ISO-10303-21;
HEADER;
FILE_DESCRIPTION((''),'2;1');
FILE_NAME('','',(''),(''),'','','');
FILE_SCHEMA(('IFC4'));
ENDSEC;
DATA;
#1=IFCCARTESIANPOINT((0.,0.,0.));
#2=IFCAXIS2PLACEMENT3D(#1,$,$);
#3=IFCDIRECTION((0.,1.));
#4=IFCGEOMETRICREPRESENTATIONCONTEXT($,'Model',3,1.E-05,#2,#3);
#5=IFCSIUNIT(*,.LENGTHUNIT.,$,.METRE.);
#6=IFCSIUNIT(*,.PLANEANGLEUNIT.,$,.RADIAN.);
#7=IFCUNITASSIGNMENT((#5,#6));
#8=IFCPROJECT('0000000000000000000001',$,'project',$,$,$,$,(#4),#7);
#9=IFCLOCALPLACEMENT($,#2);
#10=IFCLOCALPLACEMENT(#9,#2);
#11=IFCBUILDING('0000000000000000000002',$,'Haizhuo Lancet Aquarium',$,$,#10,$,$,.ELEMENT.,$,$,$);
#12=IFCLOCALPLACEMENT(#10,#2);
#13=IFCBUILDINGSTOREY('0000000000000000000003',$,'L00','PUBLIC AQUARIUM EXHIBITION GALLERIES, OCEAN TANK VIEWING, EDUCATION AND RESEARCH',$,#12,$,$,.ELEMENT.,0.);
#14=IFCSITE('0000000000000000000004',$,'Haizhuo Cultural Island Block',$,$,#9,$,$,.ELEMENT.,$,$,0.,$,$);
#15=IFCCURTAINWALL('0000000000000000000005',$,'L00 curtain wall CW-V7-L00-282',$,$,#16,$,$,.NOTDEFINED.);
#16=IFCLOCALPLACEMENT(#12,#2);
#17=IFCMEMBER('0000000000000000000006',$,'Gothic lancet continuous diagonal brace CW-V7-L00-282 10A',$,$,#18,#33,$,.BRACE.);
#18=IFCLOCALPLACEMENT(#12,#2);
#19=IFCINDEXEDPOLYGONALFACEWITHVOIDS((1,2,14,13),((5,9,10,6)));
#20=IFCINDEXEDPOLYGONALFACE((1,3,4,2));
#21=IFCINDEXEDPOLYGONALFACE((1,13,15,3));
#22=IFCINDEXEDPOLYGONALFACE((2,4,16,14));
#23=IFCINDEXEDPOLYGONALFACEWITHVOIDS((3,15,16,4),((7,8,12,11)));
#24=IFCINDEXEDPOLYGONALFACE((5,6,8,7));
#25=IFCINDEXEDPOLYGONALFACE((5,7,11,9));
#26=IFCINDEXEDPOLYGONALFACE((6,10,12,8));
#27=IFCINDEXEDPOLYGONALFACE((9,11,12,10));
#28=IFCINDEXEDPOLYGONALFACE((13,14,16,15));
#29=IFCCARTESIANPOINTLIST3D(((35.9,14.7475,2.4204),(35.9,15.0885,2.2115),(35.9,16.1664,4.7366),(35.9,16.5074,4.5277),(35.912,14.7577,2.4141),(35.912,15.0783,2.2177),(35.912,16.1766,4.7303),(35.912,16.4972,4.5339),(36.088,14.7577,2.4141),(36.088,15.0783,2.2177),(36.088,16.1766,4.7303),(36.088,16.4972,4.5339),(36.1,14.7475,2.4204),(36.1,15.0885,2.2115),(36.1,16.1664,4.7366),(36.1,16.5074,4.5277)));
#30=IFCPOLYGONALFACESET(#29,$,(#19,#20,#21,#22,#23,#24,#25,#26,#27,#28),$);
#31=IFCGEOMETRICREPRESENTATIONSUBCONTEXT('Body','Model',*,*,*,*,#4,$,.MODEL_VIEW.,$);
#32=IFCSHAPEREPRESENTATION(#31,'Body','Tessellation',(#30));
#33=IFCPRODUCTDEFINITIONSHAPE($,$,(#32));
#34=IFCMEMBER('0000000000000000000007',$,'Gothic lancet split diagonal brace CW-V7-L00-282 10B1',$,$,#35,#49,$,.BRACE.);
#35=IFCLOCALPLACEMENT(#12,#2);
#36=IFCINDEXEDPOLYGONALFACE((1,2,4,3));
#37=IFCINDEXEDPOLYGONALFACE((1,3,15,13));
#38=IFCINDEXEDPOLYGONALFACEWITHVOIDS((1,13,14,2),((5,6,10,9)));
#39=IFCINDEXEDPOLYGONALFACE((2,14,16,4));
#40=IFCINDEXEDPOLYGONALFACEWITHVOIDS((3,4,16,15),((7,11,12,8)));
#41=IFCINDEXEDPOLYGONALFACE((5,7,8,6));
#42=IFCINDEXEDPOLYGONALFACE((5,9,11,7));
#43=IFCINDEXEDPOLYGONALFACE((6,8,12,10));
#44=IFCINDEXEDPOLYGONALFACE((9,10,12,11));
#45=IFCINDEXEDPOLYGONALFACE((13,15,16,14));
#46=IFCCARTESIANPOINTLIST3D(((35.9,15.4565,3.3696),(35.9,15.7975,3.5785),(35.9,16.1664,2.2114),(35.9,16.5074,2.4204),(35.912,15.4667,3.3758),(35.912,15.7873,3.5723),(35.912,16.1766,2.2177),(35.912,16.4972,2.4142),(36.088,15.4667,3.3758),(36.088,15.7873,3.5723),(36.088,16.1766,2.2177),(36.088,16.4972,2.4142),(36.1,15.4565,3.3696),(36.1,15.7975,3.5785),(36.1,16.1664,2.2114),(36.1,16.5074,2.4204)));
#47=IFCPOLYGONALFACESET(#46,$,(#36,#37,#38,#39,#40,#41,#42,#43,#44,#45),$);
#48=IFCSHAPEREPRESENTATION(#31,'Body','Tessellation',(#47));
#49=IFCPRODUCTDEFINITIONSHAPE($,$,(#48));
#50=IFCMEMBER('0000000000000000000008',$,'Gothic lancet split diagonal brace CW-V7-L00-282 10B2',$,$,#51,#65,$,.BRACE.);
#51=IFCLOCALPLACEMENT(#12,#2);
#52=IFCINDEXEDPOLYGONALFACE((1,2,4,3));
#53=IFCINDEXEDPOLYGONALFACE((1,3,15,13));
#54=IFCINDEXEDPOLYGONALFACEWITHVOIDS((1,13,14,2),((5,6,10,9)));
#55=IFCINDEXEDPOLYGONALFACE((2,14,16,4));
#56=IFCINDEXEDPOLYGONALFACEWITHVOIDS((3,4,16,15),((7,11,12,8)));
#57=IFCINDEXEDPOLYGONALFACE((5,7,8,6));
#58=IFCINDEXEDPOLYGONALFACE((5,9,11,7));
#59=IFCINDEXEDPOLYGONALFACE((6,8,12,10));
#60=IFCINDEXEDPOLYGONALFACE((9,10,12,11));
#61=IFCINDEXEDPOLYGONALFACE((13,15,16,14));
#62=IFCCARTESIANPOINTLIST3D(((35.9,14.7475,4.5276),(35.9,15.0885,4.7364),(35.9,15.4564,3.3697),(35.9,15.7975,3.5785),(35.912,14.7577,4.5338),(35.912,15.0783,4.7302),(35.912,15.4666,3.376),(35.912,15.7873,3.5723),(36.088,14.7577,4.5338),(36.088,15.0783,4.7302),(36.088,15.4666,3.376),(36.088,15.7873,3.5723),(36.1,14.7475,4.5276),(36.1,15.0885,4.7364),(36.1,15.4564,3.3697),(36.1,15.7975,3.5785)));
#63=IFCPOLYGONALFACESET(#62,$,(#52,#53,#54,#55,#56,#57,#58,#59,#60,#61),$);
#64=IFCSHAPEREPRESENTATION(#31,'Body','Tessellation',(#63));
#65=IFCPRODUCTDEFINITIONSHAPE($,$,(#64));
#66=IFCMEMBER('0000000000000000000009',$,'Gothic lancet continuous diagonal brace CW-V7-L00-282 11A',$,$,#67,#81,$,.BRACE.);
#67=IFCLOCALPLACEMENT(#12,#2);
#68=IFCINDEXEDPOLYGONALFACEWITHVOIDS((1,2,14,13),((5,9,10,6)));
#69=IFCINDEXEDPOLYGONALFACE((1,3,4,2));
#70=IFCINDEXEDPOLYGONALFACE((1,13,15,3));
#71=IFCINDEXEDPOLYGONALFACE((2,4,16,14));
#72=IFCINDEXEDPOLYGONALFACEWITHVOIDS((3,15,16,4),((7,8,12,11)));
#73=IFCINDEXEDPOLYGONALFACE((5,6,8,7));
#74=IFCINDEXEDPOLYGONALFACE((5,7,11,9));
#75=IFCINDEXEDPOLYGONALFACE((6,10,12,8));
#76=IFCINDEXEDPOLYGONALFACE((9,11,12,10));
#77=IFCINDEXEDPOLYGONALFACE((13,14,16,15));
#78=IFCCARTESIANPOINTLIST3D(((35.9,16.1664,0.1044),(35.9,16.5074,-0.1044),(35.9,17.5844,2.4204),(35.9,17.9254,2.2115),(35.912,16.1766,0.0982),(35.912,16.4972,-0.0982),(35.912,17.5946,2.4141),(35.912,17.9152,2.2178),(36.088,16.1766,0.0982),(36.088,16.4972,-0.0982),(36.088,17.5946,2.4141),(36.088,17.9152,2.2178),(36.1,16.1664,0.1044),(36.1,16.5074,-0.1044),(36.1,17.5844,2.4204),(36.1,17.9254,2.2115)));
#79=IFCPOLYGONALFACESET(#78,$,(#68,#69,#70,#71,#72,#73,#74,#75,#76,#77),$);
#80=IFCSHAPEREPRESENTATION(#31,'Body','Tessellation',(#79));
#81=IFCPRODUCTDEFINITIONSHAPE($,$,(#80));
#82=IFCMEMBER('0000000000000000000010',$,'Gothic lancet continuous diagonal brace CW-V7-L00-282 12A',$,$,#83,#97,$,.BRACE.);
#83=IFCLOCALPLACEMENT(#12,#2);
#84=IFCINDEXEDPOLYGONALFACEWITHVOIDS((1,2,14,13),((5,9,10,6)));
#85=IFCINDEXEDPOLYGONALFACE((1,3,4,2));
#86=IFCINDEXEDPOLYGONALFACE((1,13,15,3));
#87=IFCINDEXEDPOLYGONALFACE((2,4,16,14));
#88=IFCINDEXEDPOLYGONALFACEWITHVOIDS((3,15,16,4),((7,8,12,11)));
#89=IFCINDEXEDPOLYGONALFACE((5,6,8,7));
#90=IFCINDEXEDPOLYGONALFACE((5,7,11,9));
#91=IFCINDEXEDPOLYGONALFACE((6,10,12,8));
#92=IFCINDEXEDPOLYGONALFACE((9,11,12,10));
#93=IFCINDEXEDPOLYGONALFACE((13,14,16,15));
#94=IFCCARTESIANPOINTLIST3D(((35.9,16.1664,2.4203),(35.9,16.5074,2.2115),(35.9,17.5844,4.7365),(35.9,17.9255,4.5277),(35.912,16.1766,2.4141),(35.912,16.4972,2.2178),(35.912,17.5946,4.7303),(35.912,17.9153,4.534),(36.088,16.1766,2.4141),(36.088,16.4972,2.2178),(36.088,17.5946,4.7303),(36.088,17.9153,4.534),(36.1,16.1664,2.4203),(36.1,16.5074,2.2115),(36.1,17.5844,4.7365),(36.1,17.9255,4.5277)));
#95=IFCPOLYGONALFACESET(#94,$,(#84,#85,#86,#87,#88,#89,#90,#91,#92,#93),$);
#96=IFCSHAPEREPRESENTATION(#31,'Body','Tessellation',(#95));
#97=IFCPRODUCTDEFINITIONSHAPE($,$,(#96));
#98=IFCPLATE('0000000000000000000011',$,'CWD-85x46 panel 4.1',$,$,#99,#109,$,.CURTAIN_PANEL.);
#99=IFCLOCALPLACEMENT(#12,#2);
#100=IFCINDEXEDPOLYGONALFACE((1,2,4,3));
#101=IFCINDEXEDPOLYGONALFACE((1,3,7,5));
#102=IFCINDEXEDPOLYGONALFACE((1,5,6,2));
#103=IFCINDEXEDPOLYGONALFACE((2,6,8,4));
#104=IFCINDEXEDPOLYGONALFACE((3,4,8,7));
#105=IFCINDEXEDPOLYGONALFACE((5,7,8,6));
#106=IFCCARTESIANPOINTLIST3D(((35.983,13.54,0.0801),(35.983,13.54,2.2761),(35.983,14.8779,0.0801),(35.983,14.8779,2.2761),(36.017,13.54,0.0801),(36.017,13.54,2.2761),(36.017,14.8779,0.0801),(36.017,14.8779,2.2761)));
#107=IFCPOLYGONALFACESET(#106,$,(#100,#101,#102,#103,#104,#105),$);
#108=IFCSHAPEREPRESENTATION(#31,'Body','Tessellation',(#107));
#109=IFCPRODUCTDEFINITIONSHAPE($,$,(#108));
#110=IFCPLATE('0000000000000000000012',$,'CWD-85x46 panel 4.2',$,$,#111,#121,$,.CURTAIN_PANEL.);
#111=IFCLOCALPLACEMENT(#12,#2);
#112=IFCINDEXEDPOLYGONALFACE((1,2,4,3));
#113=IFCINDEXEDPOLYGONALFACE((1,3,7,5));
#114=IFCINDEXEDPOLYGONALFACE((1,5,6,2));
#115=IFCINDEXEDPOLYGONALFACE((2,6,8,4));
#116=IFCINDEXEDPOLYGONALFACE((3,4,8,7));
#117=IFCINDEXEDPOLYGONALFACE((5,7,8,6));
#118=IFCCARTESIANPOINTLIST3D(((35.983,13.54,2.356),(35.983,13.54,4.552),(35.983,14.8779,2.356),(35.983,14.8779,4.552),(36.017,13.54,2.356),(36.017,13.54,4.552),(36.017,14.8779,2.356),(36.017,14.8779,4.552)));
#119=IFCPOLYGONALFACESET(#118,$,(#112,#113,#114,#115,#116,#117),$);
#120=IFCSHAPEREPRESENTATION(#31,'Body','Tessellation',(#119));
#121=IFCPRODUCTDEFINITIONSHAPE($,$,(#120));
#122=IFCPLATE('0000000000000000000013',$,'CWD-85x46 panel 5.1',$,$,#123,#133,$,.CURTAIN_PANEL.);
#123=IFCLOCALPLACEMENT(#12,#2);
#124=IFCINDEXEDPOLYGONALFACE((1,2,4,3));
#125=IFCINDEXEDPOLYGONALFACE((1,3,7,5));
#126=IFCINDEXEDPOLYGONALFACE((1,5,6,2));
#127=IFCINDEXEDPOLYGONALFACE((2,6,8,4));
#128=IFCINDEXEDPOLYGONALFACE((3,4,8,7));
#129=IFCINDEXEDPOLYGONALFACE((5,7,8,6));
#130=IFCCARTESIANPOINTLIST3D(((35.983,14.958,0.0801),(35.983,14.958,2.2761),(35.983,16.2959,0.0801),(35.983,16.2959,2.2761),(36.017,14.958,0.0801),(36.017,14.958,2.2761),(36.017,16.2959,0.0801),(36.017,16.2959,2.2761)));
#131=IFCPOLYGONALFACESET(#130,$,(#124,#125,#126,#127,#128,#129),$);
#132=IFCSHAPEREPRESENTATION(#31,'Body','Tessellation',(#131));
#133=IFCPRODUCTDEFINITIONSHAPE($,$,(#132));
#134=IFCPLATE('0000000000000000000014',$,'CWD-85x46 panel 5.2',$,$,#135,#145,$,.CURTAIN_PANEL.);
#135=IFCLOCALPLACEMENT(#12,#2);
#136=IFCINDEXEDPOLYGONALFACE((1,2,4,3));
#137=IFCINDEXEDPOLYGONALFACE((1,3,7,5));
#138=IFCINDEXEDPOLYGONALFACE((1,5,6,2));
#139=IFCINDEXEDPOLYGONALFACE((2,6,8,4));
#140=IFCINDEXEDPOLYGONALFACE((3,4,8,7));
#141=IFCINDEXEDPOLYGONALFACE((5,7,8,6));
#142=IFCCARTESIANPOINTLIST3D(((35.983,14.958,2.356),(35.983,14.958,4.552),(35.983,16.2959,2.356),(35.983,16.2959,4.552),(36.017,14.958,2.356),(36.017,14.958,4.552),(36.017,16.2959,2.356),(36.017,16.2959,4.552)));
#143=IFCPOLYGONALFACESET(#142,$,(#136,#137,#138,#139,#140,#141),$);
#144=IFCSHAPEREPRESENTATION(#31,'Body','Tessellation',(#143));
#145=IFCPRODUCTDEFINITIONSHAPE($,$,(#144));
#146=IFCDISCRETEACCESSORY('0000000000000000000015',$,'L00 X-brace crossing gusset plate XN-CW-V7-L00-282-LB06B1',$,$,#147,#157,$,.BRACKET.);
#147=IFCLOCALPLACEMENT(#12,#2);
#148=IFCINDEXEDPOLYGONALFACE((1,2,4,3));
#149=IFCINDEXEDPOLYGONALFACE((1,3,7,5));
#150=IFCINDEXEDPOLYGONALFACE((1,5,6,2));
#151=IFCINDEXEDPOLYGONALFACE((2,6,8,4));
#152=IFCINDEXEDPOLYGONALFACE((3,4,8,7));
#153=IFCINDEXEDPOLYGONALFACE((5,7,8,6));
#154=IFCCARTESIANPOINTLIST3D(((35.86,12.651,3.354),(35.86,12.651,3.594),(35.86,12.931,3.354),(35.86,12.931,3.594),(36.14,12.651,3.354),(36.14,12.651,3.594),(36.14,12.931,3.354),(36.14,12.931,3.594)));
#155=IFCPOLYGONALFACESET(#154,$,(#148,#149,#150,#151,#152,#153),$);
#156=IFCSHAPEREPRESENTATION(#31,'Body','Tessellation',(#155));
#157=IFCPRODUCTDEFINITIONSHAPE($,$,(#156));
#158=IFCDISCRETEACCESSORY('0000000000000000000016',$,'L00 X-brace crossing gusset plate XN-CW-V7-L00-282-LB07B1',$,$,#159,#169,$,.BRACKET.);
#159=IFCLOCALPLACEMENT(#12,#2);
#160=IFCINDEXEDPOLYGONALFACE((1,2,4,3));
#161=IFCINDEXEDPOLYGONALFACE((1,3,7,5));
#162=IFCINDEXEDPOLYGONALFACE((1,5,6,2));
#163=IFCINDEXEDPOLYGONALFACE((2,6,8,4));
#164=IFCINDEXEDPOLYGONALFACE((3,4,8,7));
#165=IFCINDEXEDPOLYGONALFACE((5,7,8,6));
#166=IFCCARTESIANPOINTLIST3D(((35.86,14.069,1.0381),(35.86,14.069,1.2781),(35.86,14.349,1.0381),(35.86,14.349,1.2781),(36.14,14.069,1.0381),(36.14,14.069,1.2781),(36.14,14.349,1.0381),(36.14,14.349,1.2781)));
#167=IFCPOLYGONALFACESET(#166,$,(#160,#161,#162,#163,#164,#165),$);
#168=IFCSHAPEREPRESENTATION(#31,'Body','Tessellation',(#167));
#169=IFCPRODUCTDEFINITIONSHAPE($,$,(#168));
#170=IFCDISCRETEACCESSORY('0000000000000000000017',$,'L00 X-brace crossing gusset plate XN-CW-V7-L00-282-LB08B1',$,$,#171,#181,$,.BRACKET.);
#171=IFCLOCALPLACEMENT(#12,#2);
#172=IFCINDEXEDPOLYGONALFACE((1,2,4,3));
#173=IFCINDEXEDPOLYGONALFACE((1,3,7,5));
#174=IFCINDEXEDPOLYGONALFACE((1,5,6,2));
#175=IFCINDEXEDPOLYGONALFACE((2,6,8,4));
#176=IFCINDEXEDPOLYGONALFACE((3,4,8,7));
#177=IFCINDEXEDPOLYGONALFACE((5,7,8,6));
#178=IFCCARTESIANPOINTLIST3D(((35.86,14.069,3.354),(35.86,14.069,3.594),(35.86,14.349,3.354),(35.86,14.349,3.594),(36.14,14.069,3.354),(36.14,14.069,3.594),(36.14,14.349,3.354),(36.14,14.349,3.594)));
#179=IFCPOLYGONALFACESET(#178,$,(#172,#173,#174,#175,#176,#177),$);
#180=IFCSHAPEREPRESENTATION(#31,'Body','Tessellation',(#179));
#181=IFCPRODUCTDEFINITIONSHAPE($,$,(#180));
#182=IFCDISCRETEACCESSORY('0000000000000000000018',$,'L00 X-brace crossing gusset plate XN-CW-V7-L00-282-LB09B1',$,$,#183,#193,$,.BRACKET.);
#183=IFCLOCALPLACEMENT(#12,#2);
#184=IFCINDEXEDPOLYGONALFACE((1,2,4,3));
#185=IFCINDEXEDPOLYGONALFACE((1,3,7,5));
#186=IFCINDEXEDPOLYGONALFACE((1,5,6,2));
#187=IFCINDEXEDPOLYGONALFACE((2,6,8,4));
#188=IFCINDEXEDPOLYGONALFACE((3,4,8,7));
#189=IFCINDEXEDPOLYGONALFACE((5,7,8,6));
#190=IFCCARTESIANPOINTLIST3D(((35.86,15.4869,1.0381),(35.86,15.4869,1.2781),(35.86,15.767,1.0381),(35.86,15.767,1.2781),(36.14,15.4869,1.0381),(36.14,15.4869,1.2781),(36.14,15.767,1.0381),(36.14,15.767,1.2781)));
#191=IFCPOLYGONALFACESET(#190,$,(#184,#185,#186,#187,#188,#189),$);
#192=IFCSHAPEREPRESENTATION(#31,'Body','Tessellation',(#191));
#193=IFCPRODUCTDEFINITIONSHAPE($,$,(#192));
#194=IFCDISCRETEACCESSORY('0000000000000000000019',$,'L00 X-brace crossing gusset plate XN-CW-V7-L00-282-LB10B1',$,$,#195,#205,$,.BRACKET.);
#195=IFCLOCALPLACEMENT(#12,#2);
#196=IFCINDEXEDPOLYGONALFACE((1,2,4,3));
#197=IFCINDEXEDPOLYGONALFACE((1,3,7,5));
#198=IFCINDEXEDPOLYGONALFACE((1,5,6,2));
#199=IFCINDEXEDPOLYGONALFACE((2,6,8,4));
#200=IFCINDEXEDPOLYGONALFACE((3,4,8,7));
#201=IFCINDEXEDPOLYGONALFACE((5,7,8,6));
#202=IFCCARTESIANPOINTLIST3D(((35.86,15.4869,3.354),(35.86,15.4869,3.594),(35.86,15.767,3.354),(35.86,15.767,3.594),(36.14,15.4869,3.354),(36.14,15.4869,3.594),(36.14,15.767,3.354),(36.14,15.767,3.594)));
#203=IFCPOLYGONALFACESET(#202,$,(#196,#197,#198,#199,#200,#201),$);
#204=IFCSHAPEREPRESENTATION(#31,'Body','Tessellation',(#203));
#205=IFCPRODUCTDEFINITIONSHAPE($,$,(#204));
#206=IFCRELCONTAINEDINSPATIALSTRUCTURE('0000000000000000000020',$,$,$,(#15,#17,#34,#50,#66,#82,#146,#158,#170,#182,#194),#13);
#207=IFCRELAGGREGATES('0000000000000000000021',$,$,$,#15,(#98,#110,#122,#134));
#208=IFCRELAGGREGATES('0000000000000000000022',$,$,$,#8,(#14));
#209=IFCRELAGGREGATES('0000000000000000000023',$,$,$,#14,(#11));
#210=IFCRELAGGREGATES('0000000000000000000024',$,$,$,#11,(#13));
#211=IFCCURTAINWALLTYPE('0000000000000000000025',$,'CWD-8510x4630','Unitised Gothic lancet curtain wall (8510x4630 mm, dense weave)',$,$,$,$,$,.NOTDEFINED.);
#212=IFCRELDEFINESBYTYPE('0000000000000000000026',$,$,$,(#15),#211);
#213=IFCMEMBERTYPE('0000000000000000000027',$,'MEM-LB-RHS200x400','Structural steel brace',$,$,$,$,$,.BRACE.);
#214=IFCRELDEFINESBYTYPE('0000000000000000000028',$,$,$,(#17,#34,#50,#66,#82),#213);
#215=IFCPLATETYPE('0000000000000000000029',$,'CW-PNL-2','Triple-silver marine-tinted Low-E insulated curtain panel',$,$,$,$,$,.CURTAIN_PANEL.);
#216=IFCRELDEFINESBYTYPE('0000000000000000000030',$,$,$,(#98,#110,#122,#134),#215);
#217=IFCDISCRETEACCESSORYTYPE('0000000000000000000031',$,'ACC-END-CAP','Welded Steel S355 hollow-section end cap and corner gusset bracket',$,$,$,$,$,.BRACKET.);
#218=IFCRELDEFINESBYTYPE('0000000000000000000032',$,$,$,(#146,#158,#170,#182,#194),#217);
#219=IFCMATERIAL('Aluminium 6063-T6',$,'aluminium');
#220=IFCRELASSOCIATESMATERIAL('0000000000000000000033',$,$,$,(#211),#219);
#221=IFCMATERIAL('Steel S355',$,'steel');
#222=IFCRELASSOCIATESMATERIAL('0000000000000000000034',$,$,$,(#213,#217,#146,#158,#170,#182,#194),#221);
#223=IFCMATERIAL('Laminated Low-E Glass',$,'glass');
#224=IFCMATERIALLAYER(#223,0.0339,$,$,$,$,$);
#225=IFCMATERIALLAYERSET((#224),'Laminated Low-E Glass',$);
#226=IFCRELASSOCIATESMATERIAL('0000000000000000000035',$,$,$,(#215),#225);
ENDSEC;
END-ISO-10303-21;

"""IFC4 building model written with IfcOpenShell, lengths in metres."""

from ifc_helpers import new_model, si_unit, direction, frame, origin, origin_2d, place, context, subcontext, project, spatial, rectangle, hollow_rectangle, extrude, material, layer, layer_set, material_profile, profile_set, type_object, element, aggregate, save


model = new_model("IFC4")

# Units and contexts
model_context = context("Model", 3, precision=1e-05, world=origin(), true_north=direction((0.0, 1.0)))
body_context = subcontext(model_context, "Body", "Model", "MODEL_VIEW")
ifc_project = project(units=[si_unit("LENGTHUNIT", "METRE"), si_unit("PLANEANGLEUNIT", "RADIAN")], contexts=[model_context])

# Site, building, storey
site_placement = place(None, origin())
site = spatial("IfcSite", under=ifc_project, at=site_placement, Name="Haizhuo Cultural Island Block", CompositionType="ELEMENT", RefElevation=0.0)
building_placement = place(site_placement, origin())
building = spatial("IfcBuilding", under=site, at=building_placement, Name="Haizhuo Lancet Aquarium", CompositionType="ELEMENT")
storey_placement = place(building_placement, origin())
storey = spatial("IfcBuildingStorey", under=building, at=storey_placement, Name="L00", Description="PUBLIC AQUARIUM EXHIBITION GALLERIES, OCEAN TANK VIEWING, EDUCATION AND RESEARCH", CompositionType="ELEMENT", Elevation=0.0)

# Curtain wall
ifc_material_1 = material(Name="Aluminium 6063-T6", Category="aluminium")
curtain_wall_type = type_object("IfcCurtainWallType", Name="CWD-8510x4630", Description="Unitised Gothic lancet curtain wall (8510x4630 mm, dense weave)", PredefinedType="NOTDEFINED", material=ifc_material_1)
curtain_wall_placement = place(storey_placement, origin())
curtain_wall = element("IfcCurtainWall", 1, at=curtain_wall_placement, inside=storey, type_object=curtain_wall_type, Name="L00 curtain wall CW-V7-L00-282", PredefinedType="NOTDEFINED")

# Members
ifc_material_2 = material(Name="Steel S355", Category="steel")
ifc_material_profile_1 = material_profile(ifc_material_2, hollow_rectangle(XDim=0.2, YDim=0.3999, WallThickness=0.012, at=origin_2d()), Name="RHS 200x400x12")
ifc_profile_set_1 = profile_set([ifc_material_profile_1], Name="Steel S355")
member_type_1 = type_object("IfcMemberType", Name="MEM-LB-RHS200x400", Description="Structural steel brace", PredefinedType="BRACE", material=ifc_profile_set_1)
member_1_placement = place(storey_placement, frame((36.0, 14.918, 2.3159), z_axis=(0.0, 0.522391, 0.852706), x_axis=(-1.0, 0.0, 0.0)))
element("IfcMember", 2, at=member_1_placement, inside=storey, type_object=member_type_1, Name="Gothic lancet continuous diagonal brace CW-V7-L00-282 10A", PredefinedType="BRACE", context=body_context, shape_type="SweptSolid", body=[
    extrude(hollow_rectangle(XDim=0.2, YDim=0.3999, WallThickness=0.012, at=origin_2d()), origin(), (0.0, 0.0, 1.0), 2.7163),
])
member_2_placement = place(storey_placement, frame((36.0, 16.3369, 2.3159), z_axis=(0.0, -0.522613, 0.85257), x_axis=(1.0, 0.0, 0.0)))
element("IfcMember", 3, at=member_2_placement, inside=storey, type_object=member_type_1, Name="Gothic lancet split diagonal brace CW-V7-L00-282 10B1", PredefinedType="BRACE", context=body_context, shape_type="SweptSolid", body=[
    extrude(hollow_rectangle(XDim=0.2, YDim=0.3999, WallThickness=0.012, at=origin_2d()), origin(), (0.0, 0.0, 1.0), 1.3584),
])
member_3_placement = place(storey_placement, frame((36.0, 15.627, 3.4741), z_axis=(0.0, -0.52217, 0.852841), x_axis=(1.0, 0.0, 0.0)))
element("IfcMember", 4, at=member_3_placement, inside=storey, type_object=member_type_1, Name="Gothic lancet split diagonal brace CW-V7-L00-282 10B2", PredefinedType="BRACE", context=body_context, shape_type="SweptSolid", body=[
    extrude(hollow_rectangle(XDim=0.2, YDim=0.3999, WallThickness=0.012, at=origin_2d()), origin(), (0.0, 0.0, 1.0), 1.3577),
])
member_4_placement = place(storey_placement, frame((36.0, 16.3369, 0.0), z_axis=(0.0, 0.52217, 0.852841), x_axis=(-1.0, 0.0, 0.0)))
element("IfcMember", 5, at=member_4_placement, inside=storey, type_object=member_type_1, Name="Gothic lancet continuous diagonal brace CW-V7-L00-282 11A", PredefinedType="BRACE", context=body_context, shape_type="SweptSolid", body=[
    extrude(hollow_rectangle(XDim=0.2, YDim=0.3999, WallThickness=0.012, at=origin_2d()), origin(), (0.0, 0.0, 1.0), 2.7156),
])
member_5_placement = place(storey_placement, frame((36.0, 16.3369, 2.3159), z_axis=(0.0, 0.52213, 0.852866), x_axis=(-1.0, 0.0, 0.0)))
element("IfcMember", 6, at=member_5_placement, inside=storey, type_object=member_type_1, Name="Gothic lancet continuous diagonal brace CW-V7-L00-282 12A", PredefinedType="BRACE", context=body_context, shape_type="SweptSolid", body=[
    extrude(hollow_rectangle(XDim=0.2, YDim=0.3999, WallThickness=0.012, at=origin_2d()), origin(), (0.0, 0.0, 1.0), 2.7158),
])

# Plates
ifc_material_3 = material(Name="Laminated Low-E Glass", Category="glass")
ifc_layer = layer(ifc_material_3, 0.0339)
ifc_layer_set = layer_set([ifc_layer], Name="Laminated Low-E Glass")
plate_type = type_object("IfcPlateType", Name="CW-PNL-2", Description="Triple-silver marine-tinted Low-E insulated curtain panel", PredefinedType="CURTAIN_PANEL", material=ifc_layer_set)
plate_1_placement = place(storey_placement, frame((36.0, 14.209, 0.0801), z_axis=(0.0, 0.0, 1.0), x_axis=(0.0, 1.0, 0.0)))
plate_1 = element("IfcPlate", 7, at=plate_1_placement, type_object=plate_type, Name="CWD-85x46 panel 4.1", PredefinedType="CURTAIN_PANEL", context=body_context, shape_type="SweptSolid", body=[
    extrude(rectangle(XDim=1.3379, YDim=0.0339, at=origin_2d()), origin(), (0.0, 0.0, 1.0), 2.196),
])
plate_2_placement = place(storey_placement, frame((36.0, 14.209, 2.356), z_axis=(0.0, 0.0, 1.0), x_axis=(0.0, 1.0, 0.0)))
plate_2 = element("IfcPlate", 8, at=plate_2_placement, type_object=plate_type, Name="CWD-85x46 panel 4.2", PredefinedType="CURTAIN_PANEL", context=body_context, shape_type="SweptSolid", body=[
    extrude(rectangle(XDim=1.3379, YDim=0.0339, at=origin_2d()), origin(), (0.0, 0.0, 1.0), 2.196),
])
plate_3_placement = place(storey_placement, frame((36.0, 15.627, 0.0801), z_axis=(0.0, 0.0, 1.0), x_axis=(0.0, 1.0, 0.0)))
plate_3 = element("IfcPlate", 9, at=plate_3_placement, type_object=plate_type, Name="CWD-85x46 panel 5.1", PredefinedType="CURTAIN_PANEL", context=body_context, shape_type="SweptSolid", body=[
    extrude(rectangle(XDim=1.3379, YDim=0.0339, at=origin_2d()), origin(), (0.0, 0.0, 1.0), 2.196),
])
plate_4_placement = place(storey_placement, frame((36.0, 15.627, 2.356), z_axis=(0.0, 0.0, 1.0), x_axis=(0.0, 1.0, 0.0)))
plate_4 = element("IfcPlate", 10, at=plate_4_placement, type_object=plate_type, Name="CWD-85x46 panel 5.2", PredefinedType="CURTAIN_PANEL", context=body_context, shape_type="SweptSolid", body=[
    extrude(rectangle(XDim=1.3379, YDim=0.0339, at=origin_2d()), origin(), (0.0, 0.0, 1.0), 2.196),
])
aggregate(curtain_wall, [plate_1, plate_2, plate_3, plate_4])

# Discrete accessories
discrete_accessory_type = type_object("IfcDiscreteAccessoryType", Name="ACC-END-CAP", Description="Welded Steel S355 hollow-section end cap and corner gusset bracket", PredefinedType="BRACKET", material=ifc_material_2)
for number, where, z_axis, x_axis, name in (
    (11, (36.0, 12.791, 3.354), (0.0, 0.0, 1.0), (1.0, 0.0, 0.0), "L00 X-brace crossing gusset plate XN-CW-V7-L00-282-LB06B1"),
    (12, (36.0, 14.209, 1.0381), (0.0, 0.0, 1.0), (1.0, 0.0, 0.0), "L00 X-brace crossing gusset plate XN-CW-V7-L00-282-LB07B1"),
    (13, (36.0, 14.209, 3.354), (0.0, 0.0, 1.0), (1.0, 0.0, 0.0), "L00 X-brace crossing gusset plate XN-CW-V7-L00-282-LB08B1"),
    (14, (36.0, 15.627, 1.0381), (0.0, 0.0, 1.0), (1.0, 0.0, 0.0), "L00 X-brace crossing gusset plate XN-CW-V7-L00-282-LB09B1"),
    (15, (36.0, 15.627, 3.354), (0.0, 0.0, 1.0), (1.0, 0.0, 0.0), "L00 X-brace crossing gusset plate XN-CW-V7-L00-282-LB10B1"),
):
    element("IfcDiscreteAccessory", number, at=place(storey_placement, frame(where, z_axis=z_axis, x_axis=x_axis)), inside=storey, type_object=discrete_accessory_type, material=ifc_material_2, Name=name, PredefinedType="BRACKET", context=body_context, shape_type="SweptSolid", body=[
        extrude(rectangle(XDim=0.28, YDim=0.28, at=origin_2d()), origin(), (0.0, 0.0, 1.0), 0.24),
    ])

save(model, "model.ifc")
